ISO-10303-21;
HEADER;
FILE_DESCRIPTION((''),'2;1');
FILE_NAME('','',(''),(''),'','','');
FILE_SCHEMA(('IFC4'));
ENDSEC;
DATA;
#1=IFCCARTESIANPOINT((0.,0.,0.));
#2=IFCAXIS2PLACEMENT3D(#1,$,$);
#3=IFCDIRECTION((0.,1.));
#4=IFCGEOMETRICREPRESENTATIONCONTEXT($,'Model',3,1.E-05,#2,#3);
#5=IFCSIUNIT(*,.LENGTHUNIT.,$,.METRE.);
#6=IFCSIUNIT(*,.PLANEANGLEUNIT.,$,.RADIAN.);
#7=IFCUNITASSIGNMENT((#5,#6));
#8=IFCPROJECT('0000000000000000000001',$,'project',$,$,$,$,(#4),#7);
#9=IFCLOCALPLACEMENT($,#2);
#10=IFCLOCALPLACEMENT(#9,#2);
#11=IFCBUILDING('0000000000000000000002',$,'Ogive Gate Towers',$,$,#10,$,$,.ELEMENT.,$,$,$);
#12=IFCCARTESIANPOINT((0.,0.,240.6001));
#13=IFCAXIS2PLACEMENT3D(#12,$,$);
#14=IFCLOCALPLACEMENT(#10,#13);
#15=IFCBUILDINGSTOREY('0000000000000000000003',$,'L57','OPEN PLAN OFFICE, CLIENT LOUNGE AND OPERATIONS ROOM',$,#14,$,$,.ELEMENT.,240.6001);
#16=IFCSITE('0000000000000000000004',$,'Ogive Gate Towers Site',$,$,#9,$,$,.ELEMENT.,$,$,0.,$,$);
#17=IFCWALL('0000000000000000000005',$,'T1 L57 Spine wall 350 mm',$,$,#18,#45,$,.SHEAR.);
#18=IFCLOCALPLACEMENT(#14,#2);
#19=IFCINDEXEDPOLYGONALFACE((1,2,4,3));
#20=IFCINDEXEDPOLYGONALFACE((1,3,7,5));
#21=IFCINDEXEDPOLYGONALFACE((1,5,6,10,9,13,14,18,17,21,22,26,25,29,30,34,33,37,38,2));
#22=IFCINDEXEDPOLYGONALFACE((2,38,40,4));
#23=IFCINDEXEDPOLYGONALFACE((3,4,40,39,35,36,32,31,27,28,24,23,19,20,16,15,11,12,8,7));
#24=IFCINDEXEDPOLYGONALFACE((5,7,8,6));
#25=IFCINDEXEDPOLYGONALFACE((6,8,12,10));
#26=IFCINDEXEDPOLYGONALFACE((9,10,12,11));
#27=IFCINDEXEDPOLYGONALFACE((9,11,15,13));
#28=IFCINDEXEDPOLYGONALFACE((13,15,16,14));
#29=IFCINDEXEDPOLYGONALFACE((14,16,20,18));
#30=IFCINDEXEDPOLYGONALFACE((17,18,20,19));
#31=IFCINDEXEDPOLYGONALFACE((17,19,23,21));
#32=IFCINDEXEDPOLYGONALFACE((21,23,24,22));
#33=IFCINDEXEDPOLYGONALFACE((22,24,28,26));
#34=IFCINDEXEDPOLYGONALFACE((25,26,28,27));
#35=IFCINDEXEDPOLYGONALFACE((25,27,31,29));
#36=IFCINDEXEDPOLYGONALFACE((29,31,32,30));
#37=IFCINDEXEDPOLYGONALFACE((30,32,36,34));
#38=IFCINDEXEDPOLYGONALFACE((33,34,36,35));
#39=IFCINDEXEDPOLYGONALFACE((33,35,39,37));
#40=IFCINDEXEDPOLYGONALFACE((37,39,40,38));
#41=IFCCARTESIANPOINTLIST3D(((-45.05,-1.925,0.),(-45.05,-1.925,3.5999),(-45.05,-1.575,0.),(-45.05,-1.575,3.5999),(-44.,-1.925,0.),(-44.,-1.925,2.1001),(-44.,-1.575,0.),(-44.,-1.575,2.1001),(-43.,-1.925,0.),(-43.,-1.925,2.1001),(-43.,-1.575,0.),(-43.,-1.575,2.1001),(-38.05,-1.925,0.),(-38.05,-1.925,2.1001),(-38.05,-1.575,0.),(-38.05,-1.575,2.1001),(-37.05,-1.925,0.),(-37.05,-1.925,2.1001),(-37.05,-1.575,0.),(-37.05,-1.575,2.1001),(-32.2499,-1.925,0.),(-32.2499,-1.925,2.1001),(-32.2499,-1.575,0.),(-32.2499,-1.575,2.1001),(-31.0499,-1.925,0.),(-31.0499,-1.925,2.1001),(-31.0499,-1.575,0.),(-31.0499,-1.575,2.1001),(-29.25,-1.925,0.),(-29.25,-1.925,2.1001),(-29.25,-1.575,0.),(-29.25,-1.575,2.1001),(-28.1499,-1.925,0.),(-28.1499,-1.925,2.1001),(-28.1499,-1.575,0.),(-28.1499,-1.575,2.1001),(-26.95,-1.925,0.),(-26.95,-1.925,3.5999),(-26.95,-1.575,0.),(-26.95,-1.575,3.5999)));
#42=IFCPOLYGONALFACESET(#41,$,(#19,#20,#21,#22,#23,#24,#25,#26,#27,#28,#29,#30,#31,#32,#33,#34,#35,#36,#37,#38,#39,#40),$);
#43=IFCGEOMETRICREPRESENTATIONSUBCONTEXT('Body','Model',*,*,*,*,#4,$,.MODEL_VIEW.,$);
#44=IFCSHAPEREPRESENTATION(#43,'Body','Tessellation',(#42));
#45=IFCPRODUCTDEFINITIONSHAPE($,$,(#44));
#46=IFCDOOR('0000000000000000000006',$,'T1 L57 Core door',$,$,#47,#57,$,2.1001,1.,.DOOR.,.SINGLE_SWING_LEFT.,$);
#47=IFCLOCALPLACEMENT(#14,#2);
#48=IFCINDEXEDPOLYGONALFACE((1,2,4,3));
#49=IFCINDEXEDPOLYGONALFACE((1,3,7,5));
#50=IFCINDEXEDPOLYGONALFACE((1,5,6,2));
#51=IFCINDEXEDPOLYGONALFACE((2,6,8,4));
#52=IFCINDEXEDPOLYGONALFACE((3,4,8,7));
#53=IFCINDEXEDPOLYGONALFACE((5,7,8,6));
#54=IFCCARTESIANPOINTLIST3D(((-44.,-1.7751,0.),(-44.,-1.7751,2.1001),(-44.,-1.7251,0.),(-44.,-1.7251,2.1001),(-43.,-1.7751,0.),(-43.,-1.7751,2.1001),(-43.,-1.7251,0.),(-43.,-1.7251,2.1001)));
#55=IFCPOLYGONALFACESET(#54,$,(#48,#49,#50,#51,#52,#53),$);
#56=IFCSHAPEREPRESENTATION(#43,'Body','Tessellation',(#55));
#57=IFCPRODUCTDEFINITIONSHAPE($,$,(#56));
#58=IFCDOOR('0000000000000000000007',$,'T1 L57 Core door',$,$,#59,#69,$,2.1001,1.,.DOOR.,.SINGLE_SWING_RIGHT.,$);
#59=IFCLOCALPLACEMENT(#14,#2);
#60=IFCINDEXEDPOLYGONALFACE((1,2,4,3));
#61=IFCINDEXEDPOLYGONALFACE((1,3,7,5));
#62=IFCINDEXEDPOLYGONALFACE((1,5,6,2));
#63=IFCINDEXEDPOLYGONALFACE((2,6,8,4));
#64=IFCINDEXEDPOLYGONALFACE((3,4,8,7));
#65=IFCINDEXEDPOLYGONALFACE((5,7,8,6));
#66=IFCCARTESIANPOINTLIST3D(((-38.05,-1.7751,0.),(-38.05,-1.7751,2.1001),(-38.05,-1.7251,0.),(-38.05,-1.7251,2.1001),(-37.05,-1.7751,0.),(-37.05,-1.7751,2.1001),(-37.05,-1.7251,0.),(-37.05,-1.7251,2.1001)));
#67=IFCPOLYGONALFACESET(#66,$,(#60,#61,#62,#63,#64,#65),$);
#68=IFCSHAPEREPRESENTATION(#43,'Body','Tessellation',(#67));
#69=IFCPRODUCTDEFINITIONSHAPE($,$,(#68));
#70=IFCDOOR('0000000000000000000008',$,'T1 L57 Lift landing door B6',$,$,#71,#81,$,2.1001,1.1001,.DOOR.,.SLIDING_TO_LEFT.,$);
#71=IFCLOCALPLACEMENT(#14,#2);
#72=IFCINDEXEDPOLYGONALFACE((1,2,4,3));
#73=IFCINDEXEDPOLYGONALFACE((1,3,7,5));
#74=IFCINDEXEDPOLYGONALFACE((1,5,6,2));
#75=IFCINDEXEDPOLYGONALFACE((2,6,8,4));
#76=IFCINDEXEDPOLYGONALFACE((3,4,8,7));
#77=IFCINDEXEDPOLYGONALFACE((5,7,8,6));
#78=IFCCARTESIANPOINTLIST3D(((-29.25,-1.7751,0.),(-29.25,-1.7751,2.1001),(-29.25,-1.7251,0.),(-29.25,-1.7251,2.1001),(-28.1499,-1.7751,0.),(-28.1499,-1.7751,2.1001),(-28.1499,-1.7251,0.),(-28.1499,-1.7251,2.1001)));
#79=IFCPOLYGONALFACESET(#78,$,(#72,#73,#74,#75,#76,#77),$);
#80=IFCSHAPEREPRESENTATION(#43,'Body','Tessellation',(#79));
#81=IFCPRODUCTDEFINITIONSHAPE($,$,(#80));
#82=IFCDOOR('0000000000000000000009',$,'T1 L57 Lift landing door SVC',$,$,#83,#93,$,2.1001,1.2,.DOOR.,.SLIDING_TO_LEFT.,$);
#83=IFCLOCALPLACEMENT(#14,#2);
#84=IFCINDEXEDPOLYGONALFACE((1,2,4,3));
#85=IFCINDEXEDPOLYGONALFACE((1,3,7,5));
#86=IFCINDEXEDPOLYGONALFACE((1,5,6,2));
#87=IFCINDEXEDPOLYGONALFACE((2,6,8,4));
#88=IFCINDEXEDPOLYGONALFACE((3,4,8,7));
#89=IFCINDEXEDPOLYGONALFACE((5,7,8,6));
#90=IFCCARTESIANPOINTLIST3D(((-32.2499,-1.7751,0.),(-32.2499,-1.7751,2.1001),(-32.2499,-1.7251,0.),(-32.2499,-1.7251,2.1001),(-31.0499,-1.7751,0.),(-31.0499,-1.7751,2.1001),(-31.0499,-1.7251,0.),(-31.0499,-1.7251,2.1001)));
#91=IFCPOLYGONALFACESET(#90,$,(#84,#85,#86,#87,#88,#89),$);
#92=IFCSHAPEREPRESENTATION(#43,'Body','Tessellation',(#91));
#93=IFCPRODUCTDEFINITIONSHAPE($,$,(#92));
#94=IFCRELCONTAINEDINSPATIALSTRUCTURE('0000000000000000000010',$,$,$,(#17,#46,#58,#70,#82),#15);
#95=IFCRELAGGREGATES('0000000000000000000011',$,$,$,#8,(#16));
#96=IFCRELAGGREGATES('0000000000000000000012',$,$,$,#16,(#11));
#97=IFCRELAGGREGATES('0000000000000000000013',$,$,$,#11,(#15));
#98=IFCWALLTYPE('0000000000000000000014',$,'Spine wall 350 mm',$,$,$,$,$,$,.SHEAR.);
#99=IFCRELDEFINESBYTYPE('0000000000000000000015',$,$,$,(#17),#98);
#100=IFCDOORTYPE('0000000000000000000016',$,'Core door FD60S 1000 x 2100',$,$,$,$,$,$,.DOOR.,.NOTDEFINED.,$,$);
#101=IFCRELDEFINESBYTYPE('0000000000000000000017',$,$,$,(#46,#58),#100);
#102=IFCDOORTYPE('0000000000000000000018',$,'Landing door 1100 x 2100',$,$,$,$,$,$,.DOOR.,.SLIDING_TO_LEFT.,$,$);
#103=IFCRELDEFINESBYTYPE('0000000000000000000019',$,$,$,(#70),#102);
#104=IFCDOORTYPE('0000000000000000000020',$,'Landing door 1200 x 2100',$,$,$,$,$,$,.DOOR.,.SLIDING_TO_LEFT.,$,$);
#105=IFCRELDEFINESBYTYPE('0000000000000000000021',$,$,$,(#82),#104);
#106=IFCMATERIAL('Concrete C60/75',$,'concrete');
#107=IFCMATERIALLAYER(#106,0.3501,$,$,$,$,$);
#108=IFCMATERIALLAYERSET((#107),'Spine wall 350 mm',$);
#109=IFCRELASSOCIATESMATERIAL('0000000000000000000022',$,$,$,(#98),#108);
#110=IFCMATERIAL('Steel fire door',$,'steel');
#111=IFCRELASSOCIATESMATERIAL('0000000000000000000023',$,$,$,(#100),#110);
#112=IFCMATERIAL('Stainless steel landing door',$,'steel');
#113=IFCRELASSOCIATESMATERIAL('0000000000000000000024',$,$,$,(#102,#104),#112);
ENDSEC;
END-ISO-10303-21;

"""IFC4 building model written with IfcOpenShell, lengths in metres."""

from ifc_helpers import new_model, si_unit, direction, frame, frame_2d, origin, place, context, subcontext, project, spatial, rectangle, extrude, material, layer, layer_set, type_object, element, fill, save


model = new_model("IFC4")

# Units and contexts
model_context = context("Model", 3, precision=1e-05, world=origin(), true_north=direction((0.0, 1.0)))
body_context = subcontext(model_context, "Body", "Model", "MODEL_VIEW")
ifc_project = project(units=[si_unit("LENGTHUNIT", "METRE"), si_unit("PLANEANGLEUNIT", "RADIAN")], contexts=[model_context])

# Site, building, storey
site_placement = place(None, origin())
site = spatial("IfcSite", under=ifc_project, at=site_placement, Name="Ogive Gate Towers Site", CompositionType="ELEMENT", RefElevation=0.0)
building_placement = place(site_placement, origin())
building = spatial("IfcBuilding", under=site, at=building_placement, Name="Ogive Gate Towers", CompositionType="ELEMENT")
storey_placement = place(building_placement, frame((0.0, 0.0, 240.6001)))
storey = spatial("IfcBuildingStorey", under=building, at=storey_placement, Name="L57", Description="OPEN PLAN OFFICE, CLIENT LOUNGE AND OPERATIONS ROOM", CompositionType="ELEMENT", Elevation=240.6001)

# Wall, openings, doors
ifc_material_1 = material(Name="Concrete C60/75", Category="concrete")
ifc_layer_1 = layer(ifc_material_1, 0.3501)
ifc_layer_set_1 = layer_set([ifc_layer_1], Name="Spine wall 350 mm")
wall_type_1 = type_object("IfcWallType", Name="Spine wall 350 mm", PredefinedType="SHEAR", material=ifc_layer_set_1)
wall_1_placement = place(storey_placement, frame((-45.05, -1.75, 0.0), z_axis=(0.0, 0.0, 1.0), x_axis=(1.0, 0.0, 0.0)))
wall_1 = element("IfcWall", 1, at=wall_1_placement, inside=storey, type_object=wall_type_1, Name="T1 L57 Spine wall 350 mm", PredefinedType="SHEAR", context=body_context, shape_type="SweptSolid", body=[
    extrude(rectangle(XDim=18.1001, YDim=0.3501, at=frame_2d((9.05, 0.0))), origin(), (0.0, 0.0, 1.0), 3.5999),
])
opening_1_placement = place(wall_1_placement, frame((12.8, 0.0, 0.0)))
opening_1 = element("IfcOpeningElement", 2, at=opening_1_placement, cuts=wall_1, PredefinedType="OPENING", context=body_context, shape_type="SweptSolid", body=[
    extrude(rectangle(XDim=1.2, YDim=2.1001, at=frame_2d((0.6001, 1.05))), frame((0.0, 0.1851, 0.0), z_axis=(0.0, -1.0, 0.0), x_axis=(1.0, 0.0, 0.0)), (0.0, 0.0, 1.0), 0.3701),
])
opening_2_placement = place(wall_1_placement, frame((15.8, 0.0, 0.0)))
opening_2 = element("IfcOpeningElement", 3, at=opening_2_placement, cuts=wall_1, PredefinedType="OPENING", context=body_context, shape_type="SweptSolid", body=[
    extrude(rectangle(XDim=1.1001, YDim=2.1001, at=frame_2d((0.55, 1.05))), frame((0.0, 0.1851, 0.0), z_axis=(0.0, -1.0, 0.0), x_axis=(1.0, 0.0, 0.0)), (0.0, 0.0, 1.0), 0.3701),
])
opening_3_placement = place(wall_1_placement, frame((1.05, 0.0, 0.0)))
opening_3 = element("IfcOpeningElement", 4, at=opening_3_placement, cuts=wall_1, PredefinedType="OPENING", context=body_context, shape_type="SweptSolid", body=[
    extrude(rectangle(XDim=1.0, YDim=2.1001, at=frame_2d((0.5, 1.05))), frame((0.0, 0.1851, 0.0), z_axis=(0.0, -1.0, 0.0), x_axis=(1.0, 0.0, 0.0)), (0.0, 0.0, 1.0), 0.3701),
])
opening_4_placement = place(wall_1_placement, frame((7.0, 0.0, 0.0)))
opening_4 = element("IfcOpeningElement", 5, at=opening_4_placement, cuts=wall_1, PredefinedType="OPENING", context=body_context, shape_type="SweptSolid", body=[
    extrude(rectangle(XDim=1.0, YDim=2.1001, at=frame_2d((0.5, 1.05))), frame((0.0, 0.1851, 0.0), z_axis=(0.0, -1.0, 0.0), x_axis=(1.0, 0.0, 0.0)), (0.0, 0.0, 1.0), 0.3701),
])
ifc_material_2 = material(Name="Steel fire door", Category="steel")
door_type_1 = type_object("IfcDoorType", Name="Core door FD60S 1000 x 2100", OperationType="NOTDEFINED", PredefinedType="DOOR", material=ifc_material_2)
door_1_placement = place(opening_3_placement, origin())
door_1 = element("IfcDoor", 6, at=door_1_placement, inside=storey, type_object=door_type_1, Name="T1 L57 Core door", OperationType="SINGLE_SWING_LEFT", OverallHeight=2.1001, OverallWidth=1.0, PredefinedType="DOOR", context=body_context, shape_type="SweptSolid", body=[
    extrude(rectangle(XDim=1.0, YDim=2.1001, at=frame_2d((0.5, 1.05))), frame((0.0, 0.0249, 0.0), z_axis=(0.0, -1.0, 0.0), x_axis=(1.0, 0.0, 0.0)), (0.0, 0.0, 1.0), 0.05),
])
fill(opening_3, door_1)
door_2_placement = place(opening_4_placement, origin())
door_2 = element("IfcDoor", 7, at=door_2_placement, inside=storey, type_object=door_type_1, Name="T1 L57 Core door", OperationType="SINGLE_SWING_RIGHT", OverallHeight=2.1001, OverallWidth=1.0, PredefinedType="DOOR", context=body_context, shape_type="SweptSolid", body=[
    extrude(rectangle(XDim=1.0, YDim=2.1001, at=frame_2d((0.5, 1.05))), frame((0.0, 0.0249, 0.0), z_axis=(0.0, -1.0, 0.0), x_axis=(1.0, 0.0, 0.0)), (0.0, 0.0, 1.0), 0.05),
])
fill(opening_4, door_2)
ifc_material_3 = material(Name="Stainless steel landing door", Category="steel")
door_type_2 = type_object("IfcDoorType", Name="Landing door 1100 x 2100", OperationType="SLIDING_TO_LEFT", PredefinedType="DOOR", material=ifc_material_3)
door_3_placement = place(opening_2_placement, origin())
door_3 = element("IfcDoor", 8, at=door_3_placement, inside=storey, type_object=door_type_2, Name="T1 L57 Lift landing door B6", OperationType="SLIDING_TO_LEFT", OverallHeight=2.1001, OverallWidth=1.1001, PredefinedType="DOOR", context=body_context, shape_type="SweptSolid", body=[
    extrude(rectangle(XDim=1.1001, YDim=2.1001, at=frame_2d((0.55, 1.05))), frame((0.0, 0.0249, 0.0), z_axis=(0.0, -1.0, 0.0), x_axis=(1.0, 0.0, 0.0)), (0.0, 0.0, 1.0), 0.05),
])
fill(opening_2, door_3)
door_type_3 = type_object("IfcDoorType", Name="Landing door 1200 x 2100", OperationType="SLIDING_TO_LEFT", PredefinedType="DOOR", material=ifc_material_3)
door_4_placement = place(opening_1_placement, origin())
door_4 = element("IfcDoor", 9, at=door_4_placement, inside=storey, type_object=door_type_3, Name="T1 L57 Lift landing door SVC", OperationType="SLIDING_TO_LEFT", OverallHeight=2.1001, OverallWidth=1.2, PredefinedType="DOOR", context=body_context, shape_type="SweptSolid", body=[
    extrude(rectangle(XDim=1.2, YDim=2.1001, at=frame_2d((0.6001, 1.05))), frame((0.0, 0.0249, 0.0), z_axis=(0.0, -1.0, 0.0), x_axis=(1.0, 0.0, 0.0)), (0.0, 0.0, 1.0), 0.05),
])
fill(opening_1, door_4)

save(model, "model.ifc")
